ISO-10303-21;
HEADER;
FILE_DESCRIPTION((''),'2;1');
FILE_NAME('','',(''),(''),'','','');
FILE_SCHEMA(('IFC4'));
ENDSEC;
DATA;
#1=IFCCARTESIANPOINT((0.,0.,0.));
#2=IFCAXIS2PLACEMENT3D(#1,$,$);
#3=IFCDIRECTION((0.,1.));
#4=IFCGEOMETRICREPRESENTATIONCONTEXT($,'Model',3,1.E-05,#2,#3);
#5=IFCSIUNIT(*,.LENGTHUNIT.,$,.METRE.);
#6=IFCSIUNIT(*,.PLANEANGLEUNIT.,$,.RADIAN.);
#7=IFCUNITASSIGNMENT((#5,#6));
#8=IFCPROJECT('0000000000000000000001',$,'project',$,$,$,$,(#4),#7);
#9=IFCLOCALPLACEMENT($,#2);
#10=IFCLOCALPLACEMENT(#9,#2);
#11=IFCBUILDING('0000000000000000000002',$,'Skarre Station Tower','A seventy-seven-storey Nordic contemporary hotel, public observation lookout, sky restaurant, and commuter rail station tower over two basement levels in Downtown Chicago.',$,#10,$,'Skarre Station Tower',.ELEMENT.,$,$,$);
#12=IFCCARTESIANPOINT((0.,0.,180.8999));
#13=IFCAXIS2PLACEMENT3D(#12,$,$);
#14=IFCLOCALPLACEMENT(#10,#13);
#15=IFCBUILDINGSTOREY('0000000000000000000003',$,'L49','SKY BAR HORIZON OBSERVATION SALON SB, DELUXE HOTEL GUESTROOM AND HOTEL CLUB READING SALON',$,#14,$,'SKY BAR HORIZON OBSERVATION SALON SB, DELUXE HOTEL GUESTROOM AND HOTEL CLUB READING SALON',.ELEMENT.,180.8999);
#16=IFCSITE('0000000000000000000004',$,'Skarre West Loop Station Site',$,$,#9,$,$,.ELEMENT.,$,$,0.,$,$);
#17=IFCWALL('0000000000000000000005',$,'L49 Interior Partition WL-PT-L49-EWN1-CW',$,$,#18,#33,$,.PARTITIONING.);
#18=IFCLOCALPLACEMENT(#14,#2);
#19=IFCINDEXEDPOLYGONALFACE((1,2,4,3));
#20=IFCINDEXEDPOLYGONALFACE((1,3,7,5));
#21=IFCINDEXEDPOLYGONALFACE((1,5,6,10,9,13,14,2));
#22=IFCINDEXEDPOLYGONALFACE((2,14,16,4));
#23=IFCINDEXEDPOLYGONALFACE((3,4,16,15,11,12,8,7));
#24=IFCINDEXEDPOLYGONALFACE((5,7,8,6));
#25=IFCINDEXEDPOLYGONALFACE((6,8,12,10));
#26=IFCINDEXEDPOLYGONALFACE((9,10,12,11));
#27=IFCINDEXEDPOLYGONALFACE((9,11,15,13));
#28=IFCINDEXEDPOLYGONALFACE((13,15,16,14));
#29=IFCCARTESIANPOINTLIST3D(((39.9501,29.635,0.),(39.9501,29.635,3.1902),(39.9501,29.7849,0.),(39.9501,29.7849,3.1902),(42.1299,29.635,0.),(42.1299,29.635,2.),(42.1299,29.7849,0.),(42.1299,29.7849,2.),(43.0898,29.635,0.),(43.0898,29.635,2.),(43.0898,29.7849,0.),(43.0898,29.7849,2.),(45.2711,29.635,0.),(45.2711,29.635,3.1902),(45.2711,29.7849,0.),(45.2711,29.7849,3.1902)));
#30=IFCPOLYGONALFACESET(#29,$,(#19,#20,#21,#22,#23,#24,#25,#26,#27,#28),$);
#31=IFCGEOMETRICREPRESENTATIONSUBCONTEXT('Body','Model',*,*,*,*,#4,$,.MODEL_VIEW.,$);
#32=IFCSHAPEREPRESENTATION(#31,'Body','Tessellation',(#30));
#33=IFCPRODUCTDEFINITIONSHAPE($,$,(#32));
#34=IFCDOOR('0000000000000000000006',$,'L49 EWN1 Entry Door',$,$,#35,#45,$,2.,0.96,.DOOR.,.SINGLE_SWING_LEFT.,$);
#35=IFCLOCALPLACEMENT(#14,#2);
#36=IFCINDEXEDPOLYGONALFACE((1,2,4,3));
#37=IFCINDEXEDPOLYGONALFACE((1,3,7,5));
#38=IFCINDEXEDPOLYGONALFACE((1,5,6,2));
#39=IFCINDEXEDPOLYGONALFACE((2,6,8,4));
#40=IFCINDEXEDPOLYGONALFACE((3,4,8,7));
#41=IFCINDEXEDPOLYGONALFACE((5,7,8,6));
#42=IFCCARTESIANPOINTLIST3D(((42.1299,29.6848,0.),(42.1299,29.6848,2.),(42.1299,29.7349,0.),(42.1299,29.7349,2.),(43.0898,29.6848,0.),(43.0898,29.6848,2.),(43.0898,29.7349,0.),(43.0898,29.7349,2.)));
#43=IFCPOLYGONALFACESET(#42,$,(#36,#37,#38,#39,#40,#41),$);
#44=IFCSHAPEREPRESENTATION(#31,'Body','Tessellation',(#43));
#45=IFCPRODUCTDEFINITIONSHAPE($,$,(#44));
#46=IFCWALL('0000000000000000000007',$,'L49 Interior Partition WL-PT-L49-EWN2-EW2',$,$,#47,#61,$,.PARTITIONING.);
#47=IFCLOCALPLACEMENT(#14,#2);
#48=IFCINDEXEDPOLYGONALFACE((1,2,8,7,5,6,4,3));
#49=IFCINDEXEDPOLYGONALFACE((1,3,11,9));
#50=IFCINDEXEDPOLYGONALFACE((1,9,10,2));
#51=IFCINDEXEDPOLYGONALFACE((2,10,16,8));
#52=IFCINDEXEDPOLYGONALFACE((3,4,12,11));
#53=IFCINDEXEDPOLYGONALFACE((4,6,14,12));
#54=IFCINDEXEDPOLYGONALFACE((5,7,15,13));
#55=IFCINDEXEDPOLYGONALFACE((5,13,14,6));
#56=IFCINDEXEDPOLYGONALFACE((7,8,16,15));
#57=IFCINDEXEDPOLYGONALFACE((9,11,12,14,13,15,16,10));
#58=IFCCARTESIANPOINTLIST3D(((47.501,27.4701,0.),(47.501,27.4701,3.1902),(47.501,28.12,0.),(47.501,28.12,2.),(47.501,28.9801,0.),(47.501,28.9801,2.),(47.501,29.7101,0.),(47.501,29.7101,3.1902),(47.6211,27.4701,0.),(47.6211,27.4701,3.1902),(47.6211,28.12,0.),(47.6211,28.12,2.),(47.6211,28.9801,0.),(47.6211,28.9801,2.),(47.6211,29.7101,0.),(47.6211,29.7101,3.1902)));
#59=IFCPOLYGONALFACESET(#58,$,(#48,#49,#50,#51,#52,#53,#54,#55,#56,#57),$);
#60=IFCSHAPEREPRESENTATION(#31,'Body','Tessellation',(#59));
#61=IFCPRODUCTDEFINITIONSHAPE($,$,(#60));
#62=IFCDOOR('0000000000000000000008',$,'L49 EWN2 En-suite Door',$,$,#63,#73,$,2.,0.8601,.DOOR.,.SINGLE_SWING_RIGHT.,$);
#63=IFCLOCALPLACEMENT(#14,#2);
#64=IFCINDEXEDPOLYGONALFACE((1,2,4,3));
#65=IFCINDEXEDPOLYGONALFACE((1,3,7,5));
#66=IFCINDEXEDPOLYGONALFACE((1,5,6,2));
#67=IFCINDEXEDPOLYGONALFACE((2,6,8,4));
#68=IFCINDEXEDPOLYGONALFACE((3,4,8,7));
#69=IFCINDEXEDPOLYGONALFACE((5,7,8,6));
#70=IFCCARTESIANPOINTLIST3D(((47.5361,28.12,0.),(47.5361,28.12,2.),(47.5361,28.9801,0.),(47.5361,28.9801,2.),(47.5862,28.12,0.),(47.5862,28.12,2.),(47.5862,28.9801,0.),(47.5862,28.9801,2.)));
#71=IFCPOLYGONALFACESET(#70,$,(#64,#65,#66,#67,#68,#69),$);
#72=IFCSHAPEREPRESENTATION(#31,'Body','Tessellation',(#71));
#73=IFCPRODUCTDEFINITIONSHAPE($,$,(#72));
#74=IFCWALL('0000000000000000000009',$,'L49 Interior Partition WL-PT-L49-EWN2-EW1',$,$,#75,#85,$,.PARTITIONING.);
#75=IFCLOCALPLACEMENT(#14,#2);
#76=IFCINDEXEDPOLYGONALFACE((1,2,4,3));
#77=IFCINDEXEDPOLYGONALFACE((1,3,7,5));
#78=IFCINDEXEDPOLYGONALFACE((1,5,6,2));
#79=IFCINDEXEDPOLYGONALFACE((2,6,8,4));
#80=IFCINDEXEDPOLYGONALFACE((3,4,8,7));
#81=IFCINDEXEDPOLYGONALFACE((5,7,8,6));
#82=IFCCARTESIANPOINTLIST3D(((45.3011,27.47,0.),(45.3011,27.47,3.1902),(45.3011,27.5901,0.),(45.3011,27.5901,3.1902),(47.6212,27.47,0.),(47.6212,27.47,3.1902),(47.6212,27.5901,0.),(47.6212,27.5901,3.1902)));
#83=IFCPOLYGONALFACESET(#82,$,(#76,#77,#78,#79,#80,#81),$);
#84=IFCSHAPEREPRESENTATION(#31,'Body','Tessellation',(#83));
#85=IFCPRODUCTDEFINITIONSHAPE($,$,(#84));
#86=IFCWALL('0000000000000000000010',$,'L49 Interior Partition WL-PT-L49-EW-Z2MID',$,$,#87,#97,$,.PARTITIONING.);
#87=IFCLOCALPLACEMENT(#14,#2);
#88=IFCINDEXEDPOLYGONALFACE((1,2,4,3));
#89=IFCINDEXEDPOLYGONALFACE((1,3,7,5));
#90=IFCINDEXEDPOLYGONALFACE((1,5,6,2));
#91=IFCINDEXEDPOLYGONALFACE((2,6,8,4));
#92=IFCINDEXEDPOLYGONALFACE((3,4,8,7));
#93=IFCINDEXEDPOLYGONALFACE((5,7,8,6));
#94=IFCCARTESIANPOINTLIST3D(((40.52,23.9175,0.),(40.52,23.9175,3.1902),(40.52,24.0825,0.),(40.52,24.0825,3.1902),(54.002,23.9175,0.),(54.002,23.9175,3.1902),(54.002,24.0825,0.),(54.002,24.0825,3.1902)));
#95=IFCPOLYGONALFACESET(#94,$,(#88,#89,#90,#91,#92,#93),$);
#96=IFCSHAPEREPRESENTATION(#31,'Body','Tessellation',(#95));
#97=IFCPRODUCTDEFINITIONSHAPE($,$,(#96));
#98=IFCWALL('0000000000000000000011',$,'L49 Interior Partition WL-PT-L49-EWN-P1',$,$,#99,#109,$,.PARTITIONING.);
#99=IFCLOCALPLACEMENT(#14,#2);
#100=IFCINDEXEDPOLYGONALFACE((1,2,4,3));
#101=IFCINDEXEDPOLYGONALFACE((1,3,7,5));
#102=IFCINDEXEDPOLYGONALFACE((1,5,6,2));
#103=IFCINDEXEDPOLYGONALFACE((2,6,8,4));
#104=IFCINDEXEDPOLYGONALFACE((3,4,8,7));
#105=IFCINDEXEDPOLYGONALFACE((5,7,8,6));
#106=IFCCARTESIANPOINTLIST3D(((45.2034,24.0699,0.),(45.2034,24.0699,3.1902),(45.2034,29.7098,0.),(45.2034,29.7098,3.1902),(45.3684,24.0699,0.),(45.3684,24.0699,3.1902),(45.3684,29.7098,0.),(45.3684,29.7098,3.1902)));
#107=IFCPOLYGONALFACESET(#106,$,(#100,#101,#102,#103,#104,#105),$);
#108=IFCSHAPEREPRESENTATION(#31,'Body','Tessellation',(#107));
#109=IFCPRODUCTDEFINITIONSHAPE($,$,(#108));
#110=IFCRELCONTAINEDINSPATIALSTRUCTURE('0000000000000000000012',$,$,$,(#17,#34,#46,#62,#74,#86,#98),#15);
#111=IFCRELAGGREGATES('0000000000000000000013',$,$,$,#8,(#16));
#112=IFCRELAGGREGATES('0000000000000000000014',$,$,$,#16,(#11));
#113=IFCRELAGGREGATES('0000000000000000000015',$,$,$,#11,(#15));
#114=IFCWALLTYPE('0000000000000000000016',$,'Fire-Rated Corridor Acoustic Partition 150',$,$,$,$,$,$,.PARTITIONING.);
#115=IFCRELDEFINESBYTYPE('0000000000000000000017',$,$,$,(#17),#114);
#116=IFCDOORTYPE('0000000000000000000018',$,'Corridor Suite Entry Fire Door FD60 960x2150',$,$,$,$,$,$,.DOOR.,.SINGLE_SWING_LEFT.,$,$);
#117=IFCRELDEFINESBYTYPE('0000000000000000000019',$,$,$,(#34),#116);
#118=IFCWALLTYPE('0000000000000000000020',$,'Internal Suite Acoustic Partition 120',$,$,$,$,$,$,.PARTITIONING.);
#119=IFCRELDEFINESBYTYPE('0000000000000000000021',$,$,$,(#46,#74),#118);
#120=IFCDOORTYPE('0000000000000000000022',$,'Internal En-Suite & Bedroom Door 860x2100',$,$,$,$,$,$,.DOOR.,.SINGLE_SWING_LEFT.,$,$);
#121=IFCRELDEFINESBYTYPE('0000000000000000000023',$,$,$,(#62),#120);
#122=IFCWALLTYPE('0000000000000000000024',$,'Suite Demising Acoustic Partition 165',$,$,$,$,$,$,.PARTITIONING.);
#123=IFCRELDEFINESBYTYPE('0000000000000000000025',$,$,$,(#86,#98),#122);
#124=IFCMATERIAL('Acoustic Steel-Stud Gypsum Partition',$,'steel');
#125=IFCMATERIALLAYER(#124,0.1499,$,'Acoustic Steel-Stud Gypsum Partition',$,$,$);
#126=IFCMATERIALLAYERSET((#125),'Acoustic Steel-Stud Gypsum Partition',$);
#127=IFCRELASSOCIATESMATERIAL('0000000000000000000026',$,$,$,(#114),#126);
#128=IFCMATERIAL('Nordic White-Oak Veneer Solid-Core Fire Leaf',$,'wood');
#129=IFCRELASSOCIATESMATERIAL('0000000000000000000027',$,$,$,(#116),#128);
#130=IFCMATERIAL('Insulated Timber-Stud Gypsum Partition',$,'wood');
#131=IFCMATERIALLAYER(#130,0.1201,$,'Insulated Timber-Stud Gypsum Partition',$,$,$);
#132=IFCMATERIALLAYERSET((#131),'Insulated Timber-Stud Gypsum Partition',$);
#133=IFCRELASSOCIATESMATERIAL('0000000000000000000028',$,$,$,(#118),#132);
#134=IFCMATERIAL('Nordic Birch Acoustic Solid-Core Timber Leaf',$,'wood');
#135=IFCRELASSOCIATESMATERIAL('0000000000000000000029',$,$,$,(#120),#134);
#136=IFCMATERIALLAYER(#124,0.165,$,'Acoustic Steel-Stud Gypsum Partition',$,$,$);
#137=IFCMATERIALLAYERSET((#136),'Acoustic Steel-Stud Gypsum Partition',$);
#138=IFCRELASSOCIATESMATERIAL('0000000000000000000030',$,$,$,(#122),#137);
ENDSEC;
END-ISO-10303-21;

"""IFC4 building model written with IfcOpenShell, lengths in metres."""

from ifc_helpers import new_model, si_unit, direction, frame, frame_2d, origin, place, context, subcontext, project, spatial, rectangle, extrude, material, layer, layer_set, type_object, element, fill, save


model = new_model("IFC4")

# Units and contexts
model_context = context("Model", 3, precision=1e-05, world=origin(), true_north=direction((0.0, 1.0)))
body_context = subcontext(model_context, "Body", "Model", "MODEL_VIEW")
ifc_project = project(units=[si_unit("LENGTHUNIT", "METRE"), si_unit("PLANEANGLEUNIT", "RADIAN")], contexts=[model_context])

# Site, building, storey
site_placement = place(None, origin())
site = spatial("IfcSite", under=ifc_project, at=site_placement, Name="Skarre West Loop Station Site", CompositionType="ELEMENT", RefElevation=0.0)
building_placement = place(site_placement, origin())
building = spatial("IfcBuilding", under=site, at=building_placement, Name="Skarre Station Tower", Description="A seventy-seven-storey Nordic contemporary hotel, public observation lookout, sky restaurant, and commuter rail station tower over two basement levels in Downtown Chicago.", LongName="Skarre Station Tower", CompositionType="ELEMENT")
storey_placement = place(building_placement, frame((0.0, 0.0, 180.8999)))
storey = spatial("IfcBuildingStorey", under=building, at=storey_placement, Name="L49", Description="SKY BAR HORIZON OBSERVATION SALON SB, DELUXE HOTEL GUESTROOM AND HOTEL CLUB READING SALON", LongName="SKY BAR HORIZON OBSERVATION SALON SB, DELUXE HOTEL GUESTROOM AND HOTEL CLUB READING SALON", CompositionType="ELEMENT", Elevation=180.8999)

# Shared definitions
ifc_material_1 = material(Name="Acoustic Steel-Stud Gypsum Partition", Category="steel")
ifc_layer_1 = layer(ifc_material_1, 0.1499, Name="Acoustic Steel-Stud Gypsum Partition")
ifc_layer_set_1 = layer_set([ifc_layer_1], Name="Acoustic Steel-Stud Gypsum Partition")
wall_type_1 = type_object("IfcWallType", Name="Fire-Rated Corridor Acoustic Partition 150", PredefinedType="PARTITIONING", material=ifc_layer_set_1)

# Walls, openings, doors
wall_1_placement = place(storey_placement, frame((39.95, 29.71, 0.0), z_axis=(0.0, 0.0, 1.0), x_axis=(1.0, 0.0, 0.0)))
wall_1 = element("IfcWall", 1, at=wall_1_placement, inside=storey, type_object=wall_type_1, Name="L49 Interior Partition WL-PT-L49-EWN1-CW", PredefinedType="PARTITIONING", context=body_context, shape_type="SweptSolid", body=[
    extrude(rectangle(XDim=5.321, YDim=0.1499, at=frame_2d((2.6606, 0.0))), origin(), (0.0, 0.0, 1.0), 3.1902),
])
opening_1_placement = place(wall_1_placement, frame((2.1799, 0.0, 0.0)))
opening_1 = element("IfcOpeningElement", 2, at=opening_1_placement, cuts=wall_1, PredefinedType="OPENING", context=body_context, shape_type="SweptSolid", body=[
    extrude(rectangle(XDim=0.96, YDim=2.0, at=frame_2d((0.48, 1.0))), frame((0.0, 0.085, 0.0), z_axis=(0.0, -1.0, 0.0), x_axis=(1.0, 0.0, 0.0)), (0.0, 0.0, 1.0), 0.1699),
])
ifc_material_2 = material(Name="Nordic White-Oak Veneer Solid-Core Fire Leaf", Category="wood")
door_type_1 = type_object("IfcDoorType", Name="Corridor Suite Entry Fire Door FD60 960x2150", OperationType="SINGLE_SWING_LEFT", PredefinedType="DOOR", material=ifc_material_2)
door_1_placement = place(opening_1_placement, origin())
door_1 = element("IfcDoor", 3, at=door_1_placement, inside=storey, type_object=door_type_1, Name="L49 EWN1 Entry Door", OperationType="SINGLE_SWING_LEFT", OverallHeight=2.0, OverallWidth=0.96, PredefinedType="DOOR", context=body_context, shape_type="SweptSolid", body=[
    extrude(rectangle(XDim=0.96, YDim=2.0, at=frame_2d((0.48, 1.0))), frame((0.0, 0.0249, 0.0), z_axis=(0.0, -1.0, 0.0), x_axis=(1.0, 0.0, 0.0)), (0.0, 0.0, 1.0), 0.05),
])
fill(opening_1, door_1)
ifc_material_3 = material(Name="Insulated Timber-Stud Gypsum Partition", Category="wood")
ifc_layer_2 = layer(ifc_material_3, 0.1201, Name="Insulated Timber-Stud Gypsum Partition")
ifc_layer_set_2 = layer_set([ifc_layer_2], Name="Insulated Timber-Stud Gypsum Partition")
wall_type_2 = type_object("IfcWallType", Name="Internal Suite Acoustic Partition 120", PredefinedType="PARTITIONING", material=ifc_layer_set_2)
wall_2_placement = place(storey_placement, frame((47.561, 27.47, 0.0), z_axis=(0.0, 0.0, 1.0), x_axis=(0.0, 1.0, 0.0)))
wall_2 = element("IfcWall", 4, at=wall_2_placement, inside=storey, type_object=wall_type_2, Name="L49 Interior Partition WL-PT-L49-EWN2-EW2", PredefinedType="PARTITIONING", context=body_context, shape_type="SweptSolid", body=[
    extrude(rectangle(XDim=2.24, YDim=0.1201, at=frame_2d((1.1201, 0.0))), origin(), (0.0, 0.0, 1.0), 3.1902),
])
opening_2_placement = place(wall_2_placement, frame((0.6499, 0.0, 0.0)))
opening_2 = element("IfcOpeningElement", 5, at=opening_2_placement, cuts=wall_2, PredefinedType="OPENING", context=body_context, shape_type="SweptSolid", body=[
    extrude(rectangle(XDim=0.8601, YDim=2.0, at=frame_2d((0.4302, 1.0))), frame((0.0, 0.0701, 0.0), z_axis=(0.0, -1.0, 0.0), x_axis=(1.0, 0.0, 0.0)), (0.0, 0.0, 1.0), 0.1401),
])
ifc_material_4 = material(Name="Nordic Birch Acoustic Solid-Core Timber Leaf", Category="wood")
door_type_2 = type_object("IfcDoorType", Name="Internal En-Suite & Bedroom Door 860x2100", OperationType="SINGLE_SWING_LEFT", PredefinedType="DOOR", material=ifc_material_4)
door_2_placement = place(opening_2_placement, origin())
door_2 = element("IfcDoor", 6, at=door_2_placement, inside=storey, type_object=door_type_2, Name="L49 EWN2 En-suite Door", OperationType="SINGLE_SWING_RIGHT", OverallHeight=2.0, OverallWidth=0.8601, PredefinedType="DOOR", context=body_context, shape_type="SweptSolid", body=[
    extrude(rectangle(XDim=0.8601, YDim=2.0, at=frame_2d((0.4302, 1.0))), frame((0.0, 0.0249, 0.0), z_axis=(0.0, -1.0, 0.0), x_axis=(1.0, 0.0, 0.0)), (0.0, 0.0, 1.0), 0.05),
])
fill(opening_2, door_2)

# Walls
wall_3_placement = place(storey_placement, frame((45.301, 27.53, 0.0), z_axis=(0.0, 0.0, 1.0), x_axis=(1.0, 0.0, 0.0)))
element("IfcWall", 7, at=wall_3_placement, inside=storey, type_object=wall_type_2, Name="L49 Interior Partition WL-PT-L49-EWN2-EW1", PredefinedType="PARTITIONING", context=body_context, shape_type="SweptSolid", body=[
    extrude(rectangle(XDim=2.3201, YDim=0.1201, at=frame_2d((1.1602, 0.0))), origin(), (0.0, 0.0, 1.0), 3.1902),
])
ifc_layer_3 = layer(ifc_material_1, 0.165, Name="Acoustic Steel-Stud Gypsum Partition")
ifc_layer_set_3 = layer_set([ifc_layer_3], Name="Acoustic Steel-Stud Gypsum Partition")
wall_type_3 = type_object("IfcWallType", Name="Suite Demising Acoustic Partition 165", PredefinedType="PARTITIONING", material=ifc_layer_set_3)
wall_4_placement = place(storey_placement, frame((40.52, 24.0, 0.0), z_axis=(0.0, 0.0, 1.0), x_axis=(1.0, 0.0, 0.0)))
element("IfcWall", 8, at=wall_4_placement, inside=storey, type_object=wall_type_3, Name="L49 Interior Partition WL-PT-L49-EW-Z2MID", PredefinedType="PARTITIONING", context=body_context, shape_type="SweptSolid", body=[
    extrude(rectangle(XDim=13.4819, YDim=0.165, at=frame_2d((6.741, 0.0))), origin(), (0.0, 0.0, 1.0), 3.1902),
])
wall_5_placement = place(storey_placement, frame((45.2859, 24.0701, 0.0), z_axis=(0.0, 0.0, 1.0), x_axis=(0.0, 1.0, 0.0)))
element("IfcWall", 9, at=wall_5_placement, inside=storey, type_object=wall_type_3, Name="L49 Interior Partition WL-PT-L49-EWN-P1", PredefinedType="PARTITIONING", context=body_context, shape_type="SweptSolid", body=[
    extrude(rectangle(XDim=5.6399, YDim=0.165, at=frame_2d((2.8198, 0.0))), origin(), (0.0, 0.0, 1.0), 3.1902),
])

save(model, "model.ifc")
